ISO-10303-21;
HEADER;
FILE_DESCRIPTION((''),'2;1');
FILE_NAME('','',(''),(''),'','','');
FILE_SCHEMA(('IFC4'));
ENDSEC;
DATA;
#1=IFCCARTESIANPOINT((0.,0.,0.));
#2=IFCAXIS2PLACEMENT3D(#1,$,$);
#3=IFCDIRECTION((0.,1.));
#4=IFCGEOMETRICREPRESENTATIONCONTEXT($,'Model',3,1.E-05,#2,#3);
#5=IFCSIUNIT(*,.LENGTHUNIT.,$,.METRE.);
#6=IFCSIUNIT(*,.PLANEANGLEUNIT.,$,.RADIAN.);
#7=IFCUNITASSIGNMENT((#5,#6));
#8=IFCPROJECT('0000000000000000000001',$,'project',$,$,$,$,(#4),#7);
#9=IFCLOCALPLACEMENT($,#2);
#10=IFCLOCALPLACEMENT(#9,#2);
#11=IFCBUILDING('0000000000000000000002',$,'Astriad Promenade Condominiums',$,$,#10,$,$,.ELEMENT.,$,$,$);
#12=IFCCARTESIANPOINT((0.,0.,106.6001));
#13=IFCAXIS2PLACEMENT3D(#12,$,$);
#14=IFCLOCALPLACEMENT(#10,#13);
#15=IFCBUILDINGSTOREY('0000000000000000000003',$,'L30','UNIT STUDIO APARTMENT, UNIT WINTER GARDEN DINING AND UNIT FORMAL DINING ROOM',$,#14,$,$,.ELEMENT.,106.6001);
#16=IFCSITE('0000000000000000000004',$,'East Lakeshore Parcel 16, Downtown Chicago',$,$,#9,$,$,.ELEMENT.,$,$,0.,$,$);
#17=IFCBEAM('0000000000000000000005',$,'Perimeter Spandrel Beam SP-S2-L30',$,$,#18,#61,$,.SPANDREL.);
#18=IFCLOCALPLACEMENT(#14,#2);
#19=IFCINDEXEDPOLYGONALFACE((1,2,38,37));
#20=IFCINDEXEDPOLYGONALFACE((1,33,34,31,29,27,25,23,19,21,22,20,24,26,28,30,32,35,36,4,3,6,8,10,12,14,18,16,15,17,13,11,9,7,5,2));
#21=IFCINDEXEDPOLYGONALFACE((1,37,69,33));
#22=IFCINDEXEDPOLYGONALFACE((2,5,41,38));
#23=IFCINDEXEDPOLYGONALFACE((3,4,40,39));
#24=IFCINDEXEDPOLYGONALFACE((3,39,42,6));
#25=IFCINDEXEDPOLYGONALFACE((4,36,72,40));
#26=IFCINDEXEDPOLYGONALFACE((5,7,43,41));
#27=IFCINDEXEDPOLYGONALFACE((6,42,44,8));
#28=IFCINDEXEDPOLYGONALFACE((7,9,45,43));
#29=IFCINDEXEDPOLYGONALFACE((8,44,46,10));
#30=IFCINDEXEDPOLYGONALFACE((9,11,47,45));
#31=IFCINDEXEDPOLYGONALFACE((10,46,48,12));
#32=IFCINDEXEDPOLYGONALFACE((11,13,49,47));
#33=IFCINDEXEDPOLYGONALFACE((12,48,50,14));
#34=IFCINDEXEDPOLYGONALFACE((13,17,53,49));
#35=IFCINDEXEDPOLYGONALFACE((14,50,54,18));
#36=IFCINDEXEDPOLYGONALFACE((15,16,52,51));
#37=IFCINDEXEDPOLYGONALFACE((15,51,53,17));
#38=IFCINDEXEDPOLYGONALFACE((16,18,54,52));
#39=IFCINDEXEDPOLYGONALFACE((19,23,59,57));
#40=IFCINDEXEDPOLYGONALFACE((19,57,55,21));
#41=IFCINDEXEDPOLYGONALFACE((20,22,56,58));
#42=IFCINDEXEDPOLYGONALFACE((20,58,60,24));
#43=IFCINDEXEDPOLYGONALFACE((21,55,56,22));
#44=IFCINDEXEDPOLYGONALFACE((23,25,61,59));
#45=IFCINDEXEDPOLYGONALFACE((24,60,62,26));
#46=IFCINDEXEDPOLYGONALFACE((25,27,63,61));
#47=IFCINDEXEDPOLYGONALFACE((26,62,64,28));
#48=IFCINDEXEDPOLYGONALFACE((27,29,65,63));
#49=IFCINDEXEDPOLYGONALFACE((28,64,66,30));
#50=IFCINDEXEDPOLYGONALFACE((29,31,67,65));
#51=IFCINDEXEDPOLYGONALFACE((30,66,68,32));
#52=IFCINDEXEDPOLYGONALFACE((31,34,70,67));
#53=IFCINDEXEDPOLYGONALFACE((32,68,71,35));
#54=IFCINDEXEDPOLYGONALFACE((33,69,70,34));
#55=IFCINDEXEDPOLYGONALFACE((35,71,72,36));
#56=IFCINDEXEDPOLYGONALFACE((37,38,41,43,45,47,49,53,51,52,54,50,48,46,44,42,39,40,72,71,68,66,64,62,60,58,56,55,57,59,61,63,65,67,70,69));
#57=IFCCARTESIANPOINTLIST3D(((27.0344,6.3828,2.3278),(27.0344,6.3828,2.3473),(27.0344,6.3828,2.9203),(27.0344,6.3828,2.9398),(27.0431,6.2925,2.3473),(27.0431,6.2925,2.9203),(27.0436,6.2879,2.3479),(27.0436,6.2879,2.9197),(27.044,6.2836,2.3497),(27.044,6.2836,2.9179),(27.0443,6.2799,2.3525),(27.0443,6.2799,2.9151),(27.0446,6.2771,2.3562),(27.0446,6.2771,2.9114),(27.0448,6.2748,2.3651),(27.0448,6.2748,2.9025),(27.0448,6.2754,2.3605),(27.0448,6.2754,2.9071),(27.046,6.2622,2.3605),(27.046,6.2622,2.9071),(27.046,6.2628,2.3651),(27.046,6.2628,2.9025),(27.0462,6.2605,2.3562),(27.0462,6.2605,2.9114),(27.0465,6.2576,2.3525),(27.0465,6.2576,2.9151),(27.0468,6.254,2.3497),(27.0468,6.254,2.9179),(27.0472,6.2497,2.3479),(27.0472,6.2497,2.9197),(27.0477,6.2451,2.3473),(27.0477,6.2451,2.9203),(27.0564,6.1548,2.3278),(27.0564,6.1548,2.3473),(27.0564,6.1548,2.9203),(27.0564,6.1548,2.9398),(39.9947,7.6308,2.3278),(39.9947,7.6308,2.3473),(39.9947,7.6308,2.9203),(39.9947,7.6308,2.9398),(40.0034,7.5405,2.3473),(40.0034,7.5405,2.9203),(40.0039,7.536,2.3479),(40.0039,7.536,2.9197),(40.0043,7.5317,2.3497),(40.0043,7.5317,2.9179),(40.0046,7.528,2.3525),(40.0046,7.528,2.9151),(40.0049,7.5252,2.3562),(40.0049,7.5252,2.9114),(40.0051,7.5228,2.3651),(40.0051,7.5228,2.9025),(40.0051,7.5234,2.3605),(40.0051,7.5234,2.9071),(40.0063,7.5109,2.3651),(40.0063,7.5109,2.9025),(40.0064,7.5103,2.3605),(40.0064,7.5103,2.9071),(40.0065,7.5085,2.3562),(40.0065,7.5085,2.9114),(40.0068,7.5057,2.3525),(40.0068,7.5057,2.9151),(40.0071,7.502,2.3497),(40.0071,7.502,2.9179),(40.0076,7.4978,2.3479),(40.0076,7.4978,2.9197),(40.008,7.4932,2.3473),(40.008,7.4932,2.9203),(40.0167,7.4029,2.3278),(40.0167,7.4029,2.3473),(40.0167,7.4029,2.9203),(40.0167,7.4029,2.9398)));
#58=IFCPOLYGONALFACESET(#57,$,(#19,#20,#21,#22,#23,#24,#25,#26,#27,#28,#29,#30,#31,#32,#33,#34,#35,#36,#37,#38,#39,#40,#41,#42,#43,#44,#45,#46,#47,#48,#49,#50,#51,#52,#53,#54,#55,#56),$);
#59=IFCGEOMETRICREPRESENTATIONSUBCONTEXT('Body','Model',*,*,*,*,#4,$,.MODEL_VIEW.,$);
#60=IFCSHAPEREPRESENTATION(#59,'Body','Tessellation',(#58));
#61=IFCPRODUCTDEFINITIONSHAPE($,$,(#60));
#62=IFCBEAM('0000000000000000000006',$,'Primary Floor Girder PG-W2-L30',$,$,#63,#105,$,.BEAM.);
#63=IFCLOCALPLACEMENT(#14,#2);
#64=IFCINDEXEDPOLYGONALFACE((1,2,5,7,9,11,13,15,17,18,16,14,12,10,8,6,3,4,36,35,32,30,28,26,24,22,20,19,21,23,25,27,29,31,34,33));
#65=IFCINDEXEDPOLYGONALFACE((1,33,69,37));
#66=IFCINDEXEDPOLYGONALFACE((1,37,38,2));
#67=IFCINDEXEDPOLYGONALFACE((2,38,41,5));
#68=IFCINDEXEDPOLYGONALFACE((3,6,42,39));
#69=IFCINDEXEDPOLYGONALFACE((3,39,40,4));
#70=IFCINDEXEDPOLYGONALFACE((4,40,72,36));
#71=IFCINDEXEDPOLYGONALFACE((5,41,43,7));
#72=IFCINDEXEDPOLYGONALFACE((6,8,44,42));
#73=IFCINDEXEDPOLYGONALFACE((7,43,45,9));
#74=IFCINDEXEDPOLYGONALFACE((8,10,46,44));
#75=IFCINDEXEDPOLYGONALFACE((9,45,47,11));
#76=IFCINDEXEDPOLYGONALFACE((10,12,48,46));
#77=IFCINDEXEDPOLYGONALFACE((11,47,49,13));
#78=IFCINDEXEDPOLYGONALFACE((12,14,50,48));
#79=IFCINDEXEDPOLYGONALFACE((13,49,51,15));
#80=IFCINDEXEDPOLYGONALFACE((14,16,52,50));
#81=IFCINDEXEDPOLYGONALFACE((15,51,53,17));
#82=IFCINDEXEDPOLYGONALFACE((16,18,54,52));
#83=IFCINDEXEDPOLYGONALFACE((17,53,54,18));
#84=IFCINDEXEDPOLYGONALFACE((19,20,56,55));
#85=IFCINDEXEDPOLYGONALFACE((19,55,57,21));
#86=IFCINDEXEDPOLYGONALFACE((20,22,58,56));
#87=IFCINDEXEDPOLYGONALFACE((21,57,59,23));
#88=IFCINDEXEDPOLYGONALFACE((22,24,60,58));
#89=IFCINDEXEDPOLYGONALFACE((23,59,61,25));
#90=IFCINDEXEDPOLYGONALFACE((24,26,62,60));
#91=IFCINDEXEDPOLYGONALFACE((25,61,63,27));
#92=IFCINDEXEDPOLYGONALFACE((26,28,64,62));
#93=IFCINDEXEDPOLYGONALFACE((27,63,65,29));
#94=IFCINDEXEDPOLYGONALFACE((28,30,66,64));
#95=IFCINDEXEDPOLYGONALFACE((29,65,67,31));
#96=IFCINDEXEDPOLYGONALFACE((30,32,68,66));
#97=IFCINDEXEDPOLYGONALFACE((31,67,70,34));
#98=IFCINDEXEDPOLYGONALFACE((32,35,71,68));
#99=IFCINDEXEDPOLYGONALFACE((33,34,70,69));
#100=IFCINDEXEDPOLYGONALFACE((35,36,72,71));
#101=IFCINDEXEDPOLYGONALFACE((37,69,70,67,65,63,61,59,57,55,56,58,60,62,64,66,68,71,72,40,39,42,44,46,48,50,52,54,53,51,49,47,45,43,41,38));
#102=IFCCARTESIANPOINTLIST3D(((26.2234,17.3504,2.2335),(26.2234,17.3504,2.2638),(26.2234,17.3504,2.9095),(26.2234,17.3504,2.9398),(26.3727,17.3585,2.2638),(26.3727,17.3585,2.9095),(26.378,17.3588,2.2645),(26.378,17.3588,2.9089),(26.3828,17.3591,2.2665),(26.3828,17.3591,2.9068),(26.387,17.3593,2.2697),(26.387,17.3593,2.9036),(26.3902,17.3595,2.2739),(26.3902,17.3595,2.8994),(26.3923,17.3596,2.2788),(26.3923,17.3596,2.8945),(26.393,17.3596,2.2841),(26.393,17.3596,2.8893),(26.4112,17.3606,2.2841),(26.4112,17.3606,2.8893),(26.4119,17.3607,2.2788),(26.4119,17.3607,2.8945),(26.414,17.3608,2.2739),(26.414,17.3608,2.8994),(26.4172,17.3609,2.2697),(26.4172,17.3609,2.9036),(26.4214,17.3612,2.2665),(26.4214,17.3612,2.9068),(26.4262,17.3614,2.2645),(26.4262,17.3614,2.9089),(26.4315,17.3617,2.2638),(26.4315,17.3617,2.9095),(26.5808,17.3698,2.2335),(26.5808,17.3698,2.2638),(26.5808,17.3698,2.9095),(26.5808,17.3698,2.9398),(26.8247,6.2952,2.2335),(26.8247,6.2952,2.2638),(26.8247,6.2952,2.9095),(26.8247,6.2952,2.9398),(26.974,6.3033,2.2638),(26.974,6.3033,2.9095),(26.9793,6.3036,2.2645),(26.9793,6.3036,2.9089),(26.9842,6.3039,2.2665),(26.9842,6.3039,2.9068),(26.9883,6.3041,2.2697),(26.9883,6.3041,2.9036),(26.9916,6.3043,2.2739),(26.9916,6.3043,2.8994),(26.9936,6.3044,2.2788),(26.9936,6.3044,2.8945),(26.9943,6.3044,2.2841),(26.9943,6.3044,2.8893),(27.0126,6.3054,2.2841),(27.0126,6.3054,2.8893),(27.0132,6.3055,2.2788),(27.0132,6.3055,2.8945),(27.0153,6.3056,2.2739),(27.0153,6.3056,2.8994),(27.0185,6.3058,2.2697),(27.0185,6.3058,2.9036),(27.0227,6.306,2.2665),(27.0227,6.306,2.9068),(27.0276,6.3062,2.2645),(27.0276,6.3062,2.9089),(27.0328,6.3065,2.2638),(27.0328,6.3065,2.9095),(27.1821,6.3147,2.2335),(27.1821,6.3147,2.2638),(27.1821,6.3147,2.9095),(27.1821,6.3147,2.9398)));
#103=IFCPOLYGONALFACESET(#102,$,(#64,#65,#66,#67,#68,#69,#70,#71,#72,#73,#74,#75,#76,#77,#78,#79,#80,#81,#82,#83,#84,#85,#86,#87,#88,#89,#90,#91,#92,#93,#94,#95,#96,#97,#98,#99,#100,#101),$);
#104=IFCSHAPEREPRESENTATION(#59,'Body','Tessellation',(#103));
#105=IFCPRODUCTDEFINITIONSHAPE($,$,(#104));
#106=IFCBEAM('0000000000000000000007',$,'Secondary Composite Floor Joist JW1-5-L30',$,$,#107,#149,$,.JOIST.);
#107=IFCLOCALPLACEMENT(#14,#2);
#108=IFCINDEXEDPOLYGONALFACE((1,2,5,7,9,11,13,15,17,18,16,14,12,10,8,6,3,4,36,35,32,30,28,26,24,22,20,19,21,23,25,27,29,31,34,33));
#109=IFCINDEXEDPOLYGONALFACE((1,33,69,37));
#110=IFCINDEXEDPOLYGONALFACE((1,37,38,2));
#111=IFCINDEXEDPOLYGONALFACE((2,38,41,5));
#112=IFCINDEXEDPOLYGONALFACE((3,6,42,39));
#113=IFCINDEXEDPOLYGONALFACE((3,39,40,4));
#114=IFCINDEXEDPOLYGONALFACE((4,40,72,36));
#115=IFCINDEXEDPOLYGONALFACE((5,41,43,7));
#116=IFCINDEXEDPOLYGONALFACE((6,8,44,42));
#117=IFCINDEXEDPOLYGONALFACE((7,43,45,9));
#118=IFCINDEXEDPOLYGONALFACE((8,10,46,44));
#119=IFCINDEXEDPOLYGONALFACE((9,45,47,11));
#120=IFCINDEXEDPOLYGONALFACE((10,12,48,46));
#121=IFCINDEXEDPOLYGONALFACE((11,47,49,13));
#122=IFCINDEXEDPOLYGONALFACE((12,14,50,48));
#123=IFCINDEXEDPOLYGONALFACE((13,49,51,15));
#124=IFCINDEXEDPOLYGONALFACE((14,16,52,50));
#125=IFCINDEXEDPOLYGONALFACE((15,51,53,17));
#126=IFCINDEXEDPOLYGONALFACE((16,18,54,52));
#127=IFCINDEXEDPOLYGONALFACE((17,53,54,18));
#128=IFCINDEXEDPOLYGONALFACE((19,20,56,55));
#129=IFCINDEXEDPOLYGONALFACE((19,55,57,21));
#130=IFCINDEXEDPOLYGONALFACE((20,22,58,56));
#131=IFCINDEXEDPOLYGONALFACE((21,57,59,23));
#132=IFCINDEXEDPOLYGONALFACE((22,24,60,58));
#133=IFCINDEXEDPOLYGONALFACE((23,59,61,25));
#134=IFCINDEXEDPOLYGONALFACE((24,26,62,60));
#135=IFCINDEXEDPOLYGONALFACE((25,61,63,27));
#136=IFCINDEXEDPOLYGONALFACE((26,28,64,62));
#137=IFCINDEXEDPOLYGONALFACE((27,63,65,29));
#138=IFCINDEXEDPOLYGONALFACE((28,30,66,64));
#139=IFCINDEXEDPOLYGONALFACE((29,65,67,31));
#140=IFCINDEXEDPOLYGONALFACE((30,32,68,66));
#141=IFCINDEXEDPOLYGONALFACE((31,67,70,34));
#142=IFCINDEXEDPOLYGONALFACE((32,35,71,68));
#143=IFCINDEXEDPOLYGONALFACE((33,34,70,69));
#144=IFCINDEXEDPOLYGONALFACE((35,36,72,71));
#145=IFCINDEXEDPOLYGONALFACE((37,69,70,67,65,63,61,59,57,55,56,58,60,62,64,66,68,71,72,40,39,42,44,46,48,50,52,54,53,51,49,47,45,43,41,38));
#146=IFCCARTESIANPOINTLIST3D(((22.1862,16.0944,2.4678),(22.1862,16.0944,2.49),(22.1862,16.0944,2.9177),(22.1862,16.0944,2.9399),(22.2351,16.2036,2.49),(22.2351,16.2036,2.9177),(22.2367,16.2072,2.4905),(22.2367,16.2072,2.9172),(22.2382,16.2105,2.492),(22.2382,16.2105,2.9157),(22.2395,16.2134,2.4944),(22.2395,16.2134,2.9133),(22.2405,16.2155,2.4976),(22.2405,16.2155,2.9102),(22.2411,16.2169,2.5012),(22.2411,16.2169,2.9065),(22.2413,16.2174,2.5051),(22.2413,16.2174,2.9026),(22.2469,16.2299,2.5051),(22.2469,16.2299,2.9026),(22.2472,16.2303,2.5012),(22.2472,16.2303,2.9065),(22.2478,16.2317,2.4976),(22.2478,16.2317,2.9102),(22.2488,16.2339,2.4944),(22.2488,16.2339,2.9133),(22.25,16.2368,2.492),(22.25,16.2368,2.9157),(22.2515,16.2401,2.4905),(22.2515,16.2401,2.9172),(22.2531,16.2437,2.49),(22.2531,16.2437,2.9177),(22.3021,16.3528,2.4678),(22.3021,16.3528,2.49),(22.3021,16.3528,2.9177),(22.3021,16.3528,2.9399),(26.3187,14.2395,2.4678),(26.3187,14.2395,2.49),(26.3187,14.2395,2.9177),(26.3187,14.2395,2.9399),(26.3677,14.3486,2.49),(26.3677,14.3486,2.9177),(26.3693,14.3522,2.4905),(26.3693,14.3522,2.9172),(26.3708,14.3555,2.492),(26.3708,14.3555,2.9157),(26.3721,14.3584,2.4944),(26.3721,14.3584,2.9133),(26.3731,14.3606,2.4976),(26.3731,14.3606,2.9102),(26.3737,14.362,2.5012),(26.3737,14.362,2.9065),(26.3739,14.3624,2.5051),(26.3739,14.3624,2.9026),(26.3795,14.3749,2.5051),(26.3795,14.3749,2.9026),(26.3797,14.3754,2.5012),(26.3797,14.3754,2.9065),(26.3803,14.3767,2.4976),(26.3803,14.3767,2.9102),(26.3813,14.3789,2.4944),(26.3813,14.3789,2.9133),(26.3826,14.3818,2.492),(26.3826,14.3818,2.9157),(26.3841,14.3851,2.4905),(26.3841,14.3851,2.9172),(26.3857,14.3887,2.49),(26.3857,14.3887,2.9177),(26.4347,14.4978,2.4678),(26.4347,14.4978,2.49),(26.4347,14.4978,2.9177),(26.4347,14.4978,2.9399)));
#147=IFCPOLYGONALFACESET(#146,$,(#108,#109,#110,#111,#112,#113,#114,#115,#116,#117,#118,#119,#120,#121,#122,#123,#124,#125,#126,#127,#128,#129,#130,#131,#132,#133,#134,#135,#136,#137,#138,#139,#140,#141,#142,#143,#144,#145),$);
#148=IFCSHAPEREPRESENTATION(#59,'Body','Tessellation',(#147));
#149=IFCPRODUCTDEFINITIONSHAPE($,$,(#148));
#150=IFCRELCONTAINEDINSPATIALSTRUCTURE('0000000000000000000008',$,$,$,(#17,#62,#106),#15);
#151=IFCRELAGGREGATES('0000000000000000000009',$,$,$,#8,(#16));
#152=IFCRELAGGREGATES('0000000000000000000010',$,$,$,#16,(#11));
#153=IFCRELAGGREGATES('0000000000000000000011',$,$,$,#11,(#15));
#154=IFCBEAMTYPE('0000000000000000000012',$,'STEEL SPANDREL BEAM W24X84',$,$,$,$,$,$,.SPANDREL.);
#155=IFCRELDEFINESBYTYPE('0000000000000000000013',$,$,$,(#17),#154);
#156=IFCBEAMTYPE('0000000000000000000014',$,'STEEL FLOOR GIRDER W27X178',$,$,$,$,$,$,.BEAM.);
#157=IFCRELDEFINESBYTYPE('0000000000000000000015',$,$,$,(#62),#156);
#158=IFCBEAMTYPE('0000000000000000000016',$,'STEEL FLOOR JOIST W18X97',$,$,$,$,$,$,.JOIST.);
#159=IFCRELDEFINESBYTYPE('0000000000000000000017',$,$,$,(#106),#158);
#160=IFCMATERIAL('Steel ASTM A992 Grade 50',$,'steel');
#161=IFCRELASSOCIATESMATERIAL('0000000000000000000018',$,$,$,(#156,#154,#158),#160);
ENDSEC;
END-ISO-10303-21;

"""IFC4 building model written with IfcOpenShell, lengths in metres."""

from ifc_helpers import new_model, si_unit, direction, frame, origin, origin_2d, place, context, subcontext, project, spatial, i_section, extrude, source, transform, mapped, material, material_profile, profile_set, type_object, type_shapes, element, save


model = new_model("IFC4")

# Units and contexts
model_context = context("Model", 3, precision=1e-05, world=origin(), true_north=direction((0.0, 1.0)))
body_context = subcontext(model_context, "Body", "Model", "MODEL_VIEW")
ifc_project = project(units=[si_unit("LENGTHUNIT", "METRE"), si_unit("PLANEANGLEUNIT", "RADIAN")], contexts=[model_context])

# Site, building, storey
site_placement = place(None, origin())
site = spatial("IfcSite", under=ifc_project, at=site_placement, Name="East Lakeshore Parcel 16, Downtown Chicago", CompositionType="ELEMENT", RefElevation=0.0)
building_placement = place(site_placement, origin())
building = spatial("IfcBuilding", under=site, at=building_placement, Name="Astriad Promenade Condominiums", CompositionType="ELEMENT")
storey_placement = place(building_placement, frame((0.0, 0.0, 106.6001)))
storey = spatial("IfcBuildingStorey", under=building, at=storey_placement, Name="L30", Description="UNIT STUDIO APARTMENT, UNIT WINTER GARDEN DINING AND UNIT FORMAL DINING ROOM", CompositionType="ELEMENT", Elevation=106.6001)

# Shared definitions
ifc_material_1 = material(Name="Steel ASTM A992 Grade 50", Category="steel")

# Beams
ifc_material_profile_1 = material_profile(ifc_material_1, i_section(OverallWidth=0.3579, OverallDepth=0.7063, WebThickness=0.0183, FlangeThickness=0.0303, FilletRadius=0.0203, at=origin_2d()), Name="W27X178")
ifc_profile_set_1 = profile_set([ifc_material_profile_1], Name="Steel ASTM A992 Grade 50")
beam_type_1 = type_object("IfcBeamType", Name="STEEL FLOOR GIRDER W27X178", PredefinedType="BEAM", material=ifc_profile_set_1)
ifc_material_profile_2 = material_profile(ifc_material_1, i_section(OverallWidth=0.229, OverallDepth=0.6121, WebThickness=0.012, FlangeThickness=0.0195, FilletRadius=0.0178, at=origin_2d()), Name="W24X84")
ifc_profile_set_2 = profile_set([ifc_material_profile_2], Name="Steel ASTM A992 Grade 50")
beam_type_2 = type_object("IfcBeamType", Name="STEEL SPANDREL BEAM W24X84", PredefinedType="SPANDREL", material=ifc_profile_set_2)
shared_shape_1 = source(origin(), body_context, "Body", "SweptSolid", [
    extrude(i_section(OverallWidth=0.229, OverallDepth=0.6121, WebThickness=0.012, FlangeThickness=0.0195, FilletRadius=0.0178, at=origin_2d()), origin(), (0.0, 0.0, 1.0), 13.0203),
])
type_shapes(beam_type_2, [shared_shape_1])
beam_1_placement = place(storey_placement, frame((27.0454, 6.2688, 2.6338), z_axis=(0.995395, 0.095855, 0.0), x_axis=(-0.095855, 0.995395, 0.0)))
element("IfcBeam", 1, at=beam_1_placement, inside=storey, type_object=beam_type_2, Name="Perimeter Spandrel Beam SP-S2-L30", PredefinedType="SPANDREL", context=body_context, shape_type="MappedRepresentation", body=[
    mapped(shared_shape_1, transform((0.0, 0.0, 0.0), scale=1.0)),
])
shared_shape_2 = source(origin(), body_context, "Body", "SweptSolid", [
    extrude(i_section(OverallWidth=0.3579, OverallDepth=0.7063, WebThickness=0.0183, FlangeThickness=0.0303, FilletRadius=0.0203, at=origin_2d()), origin(), (0.0, 0.0, 1.0), 11.0715),
])
beam_2_placement = place(storey_placement, frame((27.0034, 6.3049, 2.5867), z_axis=(-0.054312, 0.998524, 0.0), x_axis=(-0.998524, -0.054312, 0.0)))
element("IfcBeam", 2, at=beam_2_placement, inside=storey, type_object=beam_type_1, Name="Primary Floor Girder PG-W2-L30", PredefinedType="BEAM", context=body_context, shape_type="MappedRepresentation", body=[
    mapped(shared_shape_2, transform((0.0, 0.0, 0.0), scale=1.0)),
])
ifc_material_profile_3 = material_profile(ifc_material_1, i_section(OverallWidth=0.2832, OverallDepth=0.4722, WebThickness=0.0137, FlangeThickness=0.0222, FilletRadius=0.0151, at=origin_2d()), Name="W18X97")
ifc_profile_set_3 = profile_set([ifc_material_profile_3], Name="Steel ASTM A992 Grade 50")
beam_type_3 = type_object("IfcBeamType", Name="STEEL FLOOR JOIST W18X97", PredefinedType="JOIST", material=ifc_profile_set_3)
shared_shape_3 = source(origin(), body_context, "Body", "SweptSolid", [
    extrude(i_section(OverallWidth=0.2832, OverallDepth=0.4722, WebThickness=0.0137, FlangeThickness=0.0222, FilletRadius=0.0151, at=origin_2d()), origin(), (0.0, 0.0, 1.0), 4.5298),
])
beam_3_placement = place(storey_placement, frame((22.2441, 16.2236, 2.7039), z_axis=(0.912307, -0.409506, 0.0), x_axis=(0.409506, 0.912307, 0.0)))
element("IfcBeam", 3, at=beam_3_placement, inside=storey, type_object=beam_type_3, Name="Secondary Composite Floor Joist JW1-5-L30", PredefinedType="JOIST", context=body_context, shape_type="MappedRepresentation", body=[
    mapped(shared_shape_3, transform((0.0, 0.0, 0.0), scale=1.0)),
])

save(model, "model.ifc")
